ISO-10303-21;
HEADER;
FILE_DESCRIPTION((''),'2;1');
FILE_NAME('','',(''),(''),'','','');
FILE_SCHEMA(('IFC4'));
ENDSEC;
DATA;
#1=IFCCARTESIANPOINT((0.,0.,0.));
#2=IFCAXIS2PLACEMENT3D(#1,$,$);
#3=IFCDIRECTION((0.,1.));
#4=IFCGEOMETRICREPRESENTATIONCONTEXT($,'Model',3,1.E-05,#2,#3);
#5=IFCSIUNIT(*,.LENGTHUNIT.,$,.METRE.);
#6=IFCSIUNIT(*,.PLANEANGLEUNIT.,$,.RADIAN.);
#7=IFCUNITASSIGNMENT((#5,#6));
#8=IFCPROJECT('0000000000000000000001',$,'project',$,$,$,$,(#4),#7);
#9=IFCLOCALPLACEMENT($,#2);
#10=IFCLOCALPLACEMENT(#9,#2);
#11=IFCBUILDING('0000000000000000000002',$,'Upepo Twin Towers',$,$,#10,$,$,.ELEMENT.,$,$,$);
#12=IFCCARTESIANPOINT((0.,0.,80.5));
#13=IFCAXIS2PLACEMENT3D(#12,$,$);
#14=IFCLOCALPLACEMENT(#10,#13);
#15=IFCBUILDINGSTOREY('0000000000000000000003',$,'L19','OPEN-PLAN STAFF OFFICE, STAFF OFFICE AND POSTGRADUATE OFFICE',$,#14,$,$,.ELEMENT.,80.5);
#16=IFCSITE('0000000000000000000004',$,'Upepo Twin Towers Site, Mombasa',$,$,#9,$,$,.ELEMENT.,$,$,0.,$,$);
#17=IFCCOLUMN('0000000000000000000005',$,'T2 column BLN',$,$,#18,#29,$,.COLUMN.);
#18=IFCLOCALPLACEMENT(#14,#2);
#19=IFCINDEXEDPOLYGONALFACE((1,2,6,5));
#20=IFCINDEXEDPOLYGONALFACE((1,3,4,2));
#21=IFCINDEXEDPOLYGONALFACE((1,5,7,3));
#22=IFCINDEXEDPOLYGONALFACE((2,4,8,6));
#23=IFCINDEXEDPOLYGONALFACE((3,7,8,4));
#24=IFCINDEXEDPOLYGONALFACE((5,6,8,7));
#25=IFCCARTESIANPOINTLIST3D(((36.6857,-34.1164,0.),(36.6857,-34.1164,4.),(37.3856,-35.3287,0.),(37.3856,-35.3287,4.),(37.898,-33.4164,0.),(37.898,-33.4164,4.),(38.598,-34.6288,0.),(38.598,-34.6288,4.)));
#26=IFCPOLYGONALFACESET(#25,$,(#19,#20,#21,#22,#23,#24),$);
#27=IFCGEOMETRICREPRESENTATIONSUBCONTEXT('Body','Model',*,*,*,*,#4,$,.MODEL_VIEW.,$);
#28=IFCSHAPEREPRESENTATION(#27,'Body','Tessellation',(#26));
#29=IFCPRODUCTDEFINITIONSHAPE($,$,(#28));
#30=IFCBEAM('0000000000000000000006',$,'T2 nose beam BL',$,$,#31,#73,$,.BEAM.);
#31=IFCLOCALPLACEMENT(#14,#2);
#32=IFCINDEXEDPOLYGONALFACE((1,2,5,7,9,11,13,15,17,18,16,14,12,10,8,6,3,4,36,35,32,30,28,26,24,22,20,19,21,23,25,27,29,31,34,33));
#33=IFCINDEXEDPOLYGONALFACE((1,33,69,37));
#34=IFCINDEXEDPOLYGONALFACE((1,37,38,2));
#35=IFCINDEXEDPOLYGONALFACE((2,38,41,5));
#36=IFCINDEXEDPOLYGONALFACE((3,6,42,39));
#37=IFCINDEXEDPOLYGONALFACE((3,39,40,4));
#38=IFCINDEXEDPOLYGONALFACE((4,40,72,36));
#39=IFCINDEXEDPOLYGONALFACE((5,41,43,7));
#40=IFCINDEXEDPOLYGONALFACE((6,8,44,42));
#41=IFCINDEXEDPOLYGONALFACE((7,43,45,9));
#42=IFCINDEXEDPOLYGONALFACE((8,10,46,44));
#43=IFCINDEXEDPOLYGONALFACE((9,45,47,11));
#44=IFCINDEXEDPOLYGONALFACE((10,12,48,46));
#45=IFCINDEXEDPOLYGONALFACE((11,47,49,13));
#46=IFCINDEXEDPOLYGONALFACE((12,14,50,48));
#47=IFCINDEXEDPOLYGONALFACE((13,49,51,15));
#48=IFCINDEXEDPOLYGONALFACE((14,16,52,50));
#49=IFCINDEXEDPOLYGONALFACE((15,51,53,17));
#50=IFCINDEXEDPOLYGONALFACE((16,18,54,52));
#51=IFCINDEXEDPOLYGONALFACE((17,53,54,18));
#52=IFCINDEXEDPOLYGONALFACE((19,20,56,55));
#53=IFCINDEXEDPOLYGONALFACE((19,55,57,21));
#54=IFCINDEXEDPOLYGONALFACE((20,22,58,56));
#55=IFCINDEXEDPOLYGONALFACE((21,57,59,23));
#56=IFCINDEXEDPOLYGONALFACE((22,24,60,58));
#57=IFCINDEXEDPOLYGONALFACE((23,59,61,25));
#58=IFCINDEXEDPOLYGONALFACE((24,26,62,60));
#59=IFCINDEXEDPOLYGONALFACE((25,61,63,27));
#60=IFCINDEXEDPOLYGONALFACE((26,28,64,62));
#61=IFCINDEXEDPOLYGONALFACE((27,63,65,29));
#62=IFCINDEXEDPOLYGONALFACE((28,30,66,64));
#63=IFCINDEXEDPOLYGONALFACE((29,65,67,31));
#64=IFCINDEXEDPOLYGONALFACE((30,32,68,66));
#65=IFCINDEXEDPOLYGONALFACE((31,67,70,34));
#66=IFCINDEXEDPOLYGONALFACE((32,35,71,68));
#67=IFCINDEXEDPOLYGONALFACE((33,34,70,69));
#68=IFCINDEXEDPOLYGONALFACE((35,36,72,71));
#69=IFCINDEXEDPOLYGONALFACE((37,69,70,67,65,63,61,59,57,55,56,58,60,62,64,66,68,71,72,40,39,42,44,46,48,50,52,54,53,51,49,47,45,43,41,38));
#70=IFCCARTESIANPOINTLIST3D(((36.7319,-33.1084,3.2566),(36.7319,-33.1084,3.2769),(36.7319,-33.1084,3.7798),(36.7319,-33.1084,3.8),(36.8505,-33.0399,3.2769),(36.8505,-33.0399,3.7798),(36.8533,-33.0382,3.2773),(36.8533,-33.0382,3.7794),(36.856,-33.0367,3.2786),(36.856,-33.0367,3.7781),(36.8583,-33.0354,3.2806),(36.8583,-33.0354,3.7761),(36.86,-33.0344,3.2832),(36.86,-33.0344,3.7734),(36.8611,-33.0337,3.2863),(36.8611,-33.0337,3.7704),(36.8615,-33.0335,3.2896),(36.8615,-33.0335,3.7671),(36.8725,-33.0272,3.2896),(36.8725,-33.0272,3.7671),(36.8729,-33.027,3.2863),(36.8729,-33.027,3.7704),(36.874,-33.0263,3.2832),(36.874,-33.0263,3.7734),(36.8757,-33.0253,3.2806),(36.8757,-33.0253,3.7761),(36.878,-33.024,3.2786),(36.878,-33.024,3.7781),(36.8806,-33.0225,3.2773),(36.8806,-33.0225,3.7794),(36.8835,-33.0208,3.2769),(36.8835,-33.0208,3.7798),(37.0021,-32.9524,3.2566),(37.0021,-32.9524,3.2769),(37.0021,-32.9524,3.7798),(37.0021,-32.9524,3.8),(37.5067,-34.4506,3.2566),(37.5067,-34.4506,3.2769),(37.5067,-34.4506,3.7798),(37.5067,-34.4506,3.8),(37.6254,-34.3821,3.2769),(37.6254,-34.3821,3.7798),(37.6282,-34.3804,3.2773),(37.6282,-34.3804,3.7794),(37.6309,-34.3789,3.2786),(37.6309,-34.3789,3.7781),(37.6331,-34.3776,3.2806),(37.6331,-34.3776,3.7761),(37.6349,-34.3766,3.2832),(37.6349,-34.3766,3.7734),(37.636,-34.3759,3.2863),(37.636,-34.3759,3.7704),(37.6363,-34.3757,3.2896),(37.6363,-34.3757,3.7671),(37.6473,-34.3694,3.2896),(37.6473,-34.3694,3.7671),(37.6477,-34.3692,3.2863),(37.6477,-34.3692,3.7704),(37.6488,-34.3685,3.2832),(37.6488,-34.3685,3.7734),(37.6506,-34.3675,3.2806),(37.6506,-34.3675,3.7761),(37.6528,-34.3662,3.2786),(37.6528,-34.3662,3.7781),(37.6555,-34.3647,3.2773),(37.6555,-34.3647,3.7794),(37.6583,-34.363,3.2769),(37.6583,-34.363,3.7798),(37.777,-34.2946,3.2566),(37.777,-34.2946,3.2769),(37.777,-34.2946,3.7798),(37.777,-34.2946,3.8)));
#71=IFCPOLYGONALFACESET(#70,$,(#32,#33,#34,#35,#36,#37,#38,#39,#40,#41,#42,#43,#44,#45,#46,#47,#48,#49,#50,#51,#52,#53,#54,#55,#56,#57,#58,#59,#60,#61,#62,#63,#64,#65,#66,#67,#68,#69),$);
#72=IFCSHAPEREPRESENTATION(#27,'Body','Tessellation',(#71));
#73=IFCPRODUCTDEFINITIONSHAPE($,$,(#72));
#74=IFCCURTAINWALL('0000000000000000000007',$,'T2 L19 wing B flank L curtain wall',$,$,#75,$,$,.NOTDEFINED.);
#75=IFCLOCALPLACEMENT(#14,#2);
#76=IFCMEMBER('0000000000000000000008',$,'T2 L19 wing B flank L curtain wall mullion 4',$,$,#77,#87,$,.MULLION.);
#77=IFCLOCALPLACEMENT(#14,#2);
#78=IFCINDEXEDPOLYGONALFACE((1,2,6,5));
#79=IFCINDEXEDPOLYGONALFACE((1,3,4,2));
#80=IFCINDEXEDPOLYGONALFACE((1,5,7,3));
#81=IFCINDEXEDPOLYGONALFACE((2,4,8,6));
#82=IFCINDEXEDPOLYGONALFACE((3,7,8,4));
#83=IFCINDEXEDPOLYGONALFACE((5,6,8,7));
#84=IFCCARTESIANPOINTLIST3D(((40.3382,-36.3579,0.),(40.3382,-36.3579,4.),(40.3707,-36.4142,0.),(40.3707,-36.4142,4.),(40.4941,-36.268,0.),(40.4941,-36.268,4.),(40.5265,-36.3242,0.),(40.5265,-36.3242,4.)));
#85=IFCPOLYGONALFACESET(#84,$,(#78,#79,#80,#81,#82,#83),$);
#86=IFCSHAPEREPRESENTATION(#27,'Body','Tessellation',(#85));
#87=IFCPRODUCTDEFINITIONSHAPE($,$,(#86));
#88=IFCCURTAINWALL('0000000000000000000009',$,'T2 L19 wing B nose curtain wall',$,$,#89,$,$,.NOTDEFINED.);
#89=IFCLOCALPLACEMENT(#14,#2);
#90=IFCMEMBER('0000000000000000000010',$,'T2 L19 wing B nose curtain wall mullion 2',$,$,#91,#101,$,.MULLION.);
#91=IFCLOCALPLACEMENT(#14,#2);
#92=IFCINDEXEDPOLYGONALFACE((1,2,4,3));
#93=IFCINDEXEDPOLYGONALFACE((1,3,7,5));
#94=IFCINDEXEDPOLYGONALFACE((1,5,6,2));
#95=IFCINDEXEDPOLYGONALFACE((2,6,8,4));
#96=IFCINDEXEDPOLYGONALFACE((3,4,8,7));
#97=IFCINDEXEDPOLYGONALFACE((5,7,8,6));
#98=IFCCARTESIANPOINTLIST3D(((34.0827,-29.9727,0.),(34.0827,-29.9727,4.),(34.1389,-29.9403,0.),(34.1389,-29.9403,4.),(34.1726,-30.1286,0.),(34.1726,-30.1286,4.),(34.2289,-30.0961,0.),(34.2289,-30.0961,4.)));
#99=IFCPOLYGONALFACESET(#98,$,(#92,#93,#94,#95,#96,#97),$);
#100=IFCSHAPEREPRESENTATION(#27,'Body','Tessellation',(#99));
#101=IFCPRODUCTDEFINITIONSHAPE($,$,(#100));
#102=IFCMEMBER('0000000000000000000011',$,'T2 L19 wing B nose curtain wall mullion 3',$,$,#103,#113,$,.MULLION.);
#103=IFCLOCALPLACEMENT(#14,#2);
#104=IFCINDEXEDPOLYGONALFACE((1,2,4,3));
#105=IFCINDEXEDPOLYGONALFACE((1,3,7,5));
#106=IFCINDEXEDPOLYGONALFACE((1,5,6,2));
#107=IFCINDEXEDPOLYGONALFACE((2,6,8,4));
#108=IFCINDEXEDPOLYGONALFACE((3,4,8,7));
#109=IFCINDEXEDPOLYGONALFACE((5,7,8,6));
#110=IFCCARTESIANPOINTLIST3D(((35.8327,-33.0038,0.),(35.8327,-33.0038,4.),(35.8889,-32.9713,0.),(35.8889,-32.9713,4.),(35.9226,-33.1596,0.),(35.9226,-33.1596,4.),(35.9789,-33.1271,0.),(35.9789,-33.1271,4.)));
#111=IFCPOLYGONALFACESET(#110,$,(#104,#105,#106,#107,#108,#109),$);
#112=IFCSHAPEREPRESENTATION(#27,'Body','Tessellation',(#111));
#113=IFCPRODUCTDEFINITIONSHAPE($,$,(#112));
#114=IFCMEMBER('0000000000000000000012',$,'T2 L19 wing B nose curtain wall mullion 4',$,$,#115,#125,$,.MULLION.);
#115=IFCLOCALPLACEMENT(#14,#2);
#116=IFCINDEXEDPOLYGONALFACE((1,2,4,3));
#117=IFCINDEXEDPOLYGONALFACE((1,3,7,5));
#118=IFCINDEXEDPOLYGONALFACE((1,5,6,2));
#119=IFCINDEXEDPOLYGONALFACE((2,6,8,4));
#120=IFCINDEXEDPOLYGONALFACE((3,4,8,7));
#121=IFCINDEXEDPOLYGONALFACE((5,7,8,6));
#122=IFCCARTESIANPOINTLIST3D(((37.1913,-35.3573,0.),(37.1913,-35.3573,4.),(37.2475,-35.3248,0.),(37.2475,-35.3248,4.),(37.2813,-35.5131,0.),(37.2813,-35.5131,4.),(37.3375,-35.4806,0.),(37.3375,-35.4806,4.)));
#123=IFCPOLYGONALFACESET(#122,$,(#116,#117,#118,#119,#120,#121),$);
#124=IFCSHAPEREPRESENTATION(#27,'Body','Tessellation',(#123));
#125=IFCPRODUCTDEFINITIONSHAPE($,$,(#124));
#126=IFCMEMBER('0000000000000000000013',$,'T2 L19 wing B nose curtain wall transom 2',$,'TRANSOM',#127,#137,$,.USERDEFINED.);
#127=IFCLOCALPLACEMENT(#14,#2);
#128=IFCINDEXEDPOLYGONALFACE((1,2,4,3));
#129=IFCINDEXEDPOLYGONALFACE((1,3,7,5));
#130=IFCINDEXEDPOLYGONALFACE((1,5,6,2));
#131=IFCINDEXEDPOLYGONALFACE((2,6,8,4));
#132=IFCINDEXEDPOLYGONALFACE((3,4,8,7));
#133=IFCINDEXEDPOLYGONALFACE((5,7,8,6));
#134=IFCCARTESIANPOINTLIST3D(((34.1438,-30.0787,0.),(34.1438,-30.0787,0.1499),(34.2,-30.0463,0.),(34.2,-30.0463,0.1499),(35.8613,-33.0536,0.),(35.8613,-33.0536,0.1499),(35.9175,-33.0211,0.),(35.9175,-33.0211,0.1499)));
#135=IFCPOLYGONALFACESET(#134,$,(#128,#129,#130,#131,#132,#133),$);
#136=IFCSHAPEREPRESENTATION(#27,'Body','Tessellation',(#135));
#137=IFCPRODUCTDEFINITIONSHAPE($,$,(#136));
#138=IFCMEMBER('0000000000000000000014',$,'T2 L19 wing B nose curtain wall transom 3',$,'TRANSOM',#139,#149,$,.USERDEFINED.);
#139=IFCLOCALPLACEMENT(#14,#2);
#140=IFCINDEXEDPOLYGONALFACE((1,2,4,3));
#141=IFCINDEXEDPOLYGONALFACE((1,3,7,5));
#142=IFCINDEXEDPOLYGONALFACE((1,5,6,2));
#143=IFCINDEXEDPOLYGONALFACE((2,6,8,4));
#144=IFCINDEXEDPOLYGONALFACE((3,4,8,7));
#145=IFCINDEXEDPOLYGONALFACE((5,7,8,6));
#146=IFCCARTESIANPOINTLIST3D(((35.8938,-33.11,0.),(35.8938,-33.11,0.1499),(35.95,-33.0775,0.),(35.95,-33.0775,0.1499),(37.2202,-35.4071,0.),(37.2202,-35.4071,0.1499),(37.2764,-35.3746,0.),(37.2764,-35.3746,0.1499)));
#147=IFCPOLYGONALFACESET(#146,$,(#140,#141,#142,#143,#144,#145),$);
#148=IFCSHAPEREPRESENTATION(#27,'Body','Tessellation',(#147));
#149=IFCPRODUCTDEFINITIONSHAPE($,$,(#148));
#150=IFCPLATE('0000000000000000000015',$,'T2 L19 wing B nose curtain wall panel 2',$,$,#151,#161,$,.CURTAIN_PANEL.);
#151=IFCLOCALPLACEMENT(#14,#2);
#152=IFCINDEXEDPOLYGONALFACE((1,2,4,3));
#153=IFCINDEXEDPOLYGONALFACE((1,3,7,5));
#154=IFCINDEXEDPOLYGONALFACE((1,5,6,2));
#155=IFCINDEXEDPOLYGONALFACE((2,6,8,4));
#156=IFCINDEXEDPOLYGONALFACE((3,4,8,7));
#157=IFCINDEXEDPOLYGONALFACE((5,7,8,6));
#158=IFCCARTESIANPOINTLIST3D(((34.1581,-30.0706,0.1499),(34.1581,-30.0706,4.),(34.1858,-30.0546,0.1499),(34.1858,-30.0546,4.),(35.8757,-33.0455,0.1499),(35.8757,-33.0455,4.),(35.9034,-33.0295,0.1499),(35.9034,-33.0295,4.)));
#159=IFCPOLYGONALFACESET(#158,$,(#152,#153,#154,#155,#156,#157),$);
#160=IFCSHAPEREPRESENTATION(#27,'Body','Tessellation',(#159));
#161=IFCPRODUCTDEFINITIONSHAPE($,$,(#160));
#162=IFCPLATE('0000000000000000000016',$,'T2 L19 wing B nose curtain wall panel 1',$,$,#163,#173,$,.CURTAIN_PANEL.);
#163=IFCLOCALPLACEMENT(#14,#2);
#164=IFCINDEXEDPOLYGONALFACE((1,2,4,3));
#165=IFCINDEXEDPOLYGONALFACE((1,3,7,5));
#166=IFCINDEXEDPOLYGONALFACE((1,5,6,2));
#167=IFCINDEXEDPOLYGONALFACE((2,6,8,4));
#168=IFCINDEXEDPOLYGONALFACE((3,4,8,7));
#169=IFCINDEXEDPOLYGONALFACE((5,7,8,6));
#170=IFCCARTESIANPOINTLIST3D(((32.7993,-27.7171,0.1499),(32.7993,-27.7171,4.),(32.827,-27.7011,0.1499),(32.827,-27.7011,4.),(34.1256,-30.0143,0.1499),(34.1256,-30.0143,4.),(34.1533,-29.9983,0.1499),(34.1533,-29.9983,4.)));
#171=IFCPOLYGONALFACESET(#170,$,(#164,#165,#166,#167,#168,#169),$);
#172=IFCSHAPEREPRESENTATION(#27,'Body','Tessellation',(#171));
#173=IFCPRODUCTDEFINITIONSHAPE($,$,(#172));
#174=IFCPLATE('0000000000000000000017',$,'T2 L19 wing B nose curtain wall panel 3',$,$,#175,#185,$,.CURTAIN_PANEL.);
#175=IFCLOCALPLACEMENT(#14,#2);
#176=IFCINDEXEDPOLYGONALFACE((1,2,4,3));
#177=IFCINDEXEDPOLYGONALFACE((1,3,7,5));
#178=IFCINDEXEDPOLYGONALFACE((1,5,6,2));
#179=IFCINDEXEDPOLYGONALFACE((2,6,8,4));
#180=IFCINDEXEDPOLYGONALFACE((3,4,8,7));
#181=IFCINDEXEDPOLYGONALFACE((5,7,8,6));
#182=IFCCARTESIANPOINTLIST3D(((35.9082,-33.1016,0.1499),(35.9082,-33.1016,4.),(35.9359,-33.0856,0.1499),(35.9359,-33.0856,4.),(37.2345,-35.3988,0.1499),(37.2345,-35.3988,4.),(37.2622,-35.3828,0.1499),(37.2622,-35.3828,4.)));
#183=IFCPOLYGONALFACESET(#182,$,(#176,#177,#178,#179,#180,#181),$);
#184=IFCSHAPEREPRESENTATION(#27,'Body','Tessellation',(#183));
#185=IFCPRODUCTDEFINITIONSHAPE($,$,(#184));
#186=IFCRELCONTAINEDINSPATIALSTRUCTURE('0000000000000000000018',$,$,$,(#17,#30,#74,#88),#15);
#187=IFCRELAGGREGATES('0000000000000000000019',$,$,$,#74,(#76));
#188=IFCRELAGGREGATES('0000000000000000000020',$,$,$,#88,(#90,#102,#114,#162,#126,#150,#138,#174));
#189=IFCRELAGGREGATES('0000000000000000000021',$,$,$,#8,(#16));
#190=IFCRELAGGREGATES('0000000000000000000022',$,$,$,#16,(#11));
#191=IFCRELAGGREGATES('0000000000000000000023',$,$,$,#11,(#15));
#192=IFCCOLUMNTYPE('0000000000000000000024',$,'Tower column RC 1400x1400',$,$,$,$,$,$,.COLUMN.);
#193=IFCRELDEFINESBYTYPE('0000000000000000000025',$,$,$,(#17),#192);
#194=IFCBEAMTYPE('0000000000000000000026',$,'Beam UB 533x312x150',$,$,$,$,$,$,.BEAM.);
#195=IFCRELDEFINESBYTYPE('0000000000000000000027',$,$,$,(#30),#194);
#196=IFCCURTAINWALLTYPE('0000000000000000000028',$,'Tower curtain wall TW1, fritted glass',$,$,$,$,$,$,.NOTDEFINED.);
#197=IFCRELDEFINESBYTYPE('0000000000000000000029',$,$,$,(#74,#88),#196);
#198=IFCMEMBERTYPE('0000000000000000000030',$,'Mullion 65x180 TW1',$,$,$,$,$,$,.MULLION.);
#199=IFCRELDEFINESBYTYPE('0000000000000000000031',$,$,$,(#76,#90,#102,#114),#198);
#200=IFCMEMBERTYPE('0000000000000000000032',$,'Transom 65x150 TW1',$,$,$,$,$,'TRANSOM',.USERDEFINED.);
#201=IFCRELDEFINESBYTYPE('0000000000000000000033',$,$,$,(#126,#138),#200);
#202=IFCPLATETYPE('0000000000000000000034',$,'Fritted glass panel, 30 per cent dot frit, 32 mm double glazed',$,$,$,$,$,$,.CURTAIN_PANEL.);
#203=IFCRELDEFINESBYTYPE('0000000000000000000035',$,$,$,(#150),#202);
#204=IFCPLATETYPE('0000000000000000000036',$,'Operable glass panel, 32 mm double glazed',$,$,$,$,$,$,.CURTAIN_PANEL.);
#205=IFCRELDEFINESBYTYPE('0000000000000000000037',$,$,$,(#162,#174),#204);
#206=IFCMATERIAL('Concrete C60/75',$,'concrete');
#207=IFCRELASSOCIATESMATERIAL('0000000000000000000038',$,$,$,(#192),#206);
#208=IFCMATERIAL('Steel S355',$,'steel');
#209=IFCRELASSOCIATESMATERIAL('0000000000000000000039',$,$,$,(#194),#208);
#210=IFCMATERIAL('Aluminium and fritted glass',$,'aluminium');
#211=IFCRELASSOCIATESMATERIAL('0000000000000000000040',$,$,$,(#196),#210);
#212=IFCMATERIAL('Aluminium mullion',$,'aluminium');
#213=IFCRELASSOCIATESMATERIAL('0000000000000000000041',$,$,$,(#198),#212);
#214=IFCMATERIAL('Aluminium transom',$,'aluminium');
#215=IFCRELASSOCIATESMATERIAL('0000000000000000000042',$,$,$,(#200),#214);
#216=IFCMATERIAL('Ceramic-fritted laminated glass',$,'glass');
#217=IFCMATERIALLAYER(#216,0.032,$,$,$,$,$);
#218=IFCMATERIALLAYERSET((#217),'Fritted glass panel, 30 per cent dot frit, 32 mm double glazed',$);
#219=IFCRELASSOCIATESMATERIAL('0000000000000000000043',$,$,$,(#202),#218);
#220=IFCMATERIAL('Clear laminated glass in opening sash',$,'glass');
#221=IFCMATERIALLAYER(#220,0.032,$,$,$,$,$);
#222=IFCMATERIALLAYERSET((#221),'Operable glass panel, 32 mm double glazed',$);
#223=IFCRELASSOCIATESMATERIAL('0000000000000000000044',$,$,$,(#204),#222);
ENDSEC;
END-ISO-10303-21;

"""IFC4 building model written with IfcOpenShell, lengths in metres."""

from ifc_helpers import new_model, si_unit, direction, frame, origin, origin_2d, place, context, subcontext, project, spatial, rectangle, i_section, extrude, material, layer, layer_set, material_profile, profile_set, type_object, element, aggregate, save


model = new_model("IFC4")

# Units and contexts
model_context = context("Model", 3, precision=1e-05, world=origin(), true_north=direction((0.0, 1.0)))
body_context = subcontext(model_context, "Body", "Model", "MODEL_VIEW")
ifc_project = project(units=[si_unit("LENGTHUNIT", "METRE"), si_unit("PLANEANGLEUNIT", "RADIAN")], contexts=[model_context])

# Site, building, storey
site_placement = place(None, origin())
site = spatial("IfcSite", under=ifc_project, at=site_placement, Name="Upepo Twin Towers Site, Mombasa", CompositionType="ELEMENT", RefElevation=0.0)
building_placement = place(site_placement, origin())
building = spatial("IfcBuilding", under=site, at=building_placement, Name="Upepo Twin Towers", CompositionType="ELEMENT")
storey_placement = place(building_placement, frame((0.0, 0.0, 80.5)))
storey = spatial("IfcBuildingStorey", under=building, at=storey_placement, Name="L19", Description="OPEN-PLAN STAFF OFFICE, STAFF OFFICE AND POSTGRADUATE OFFICE", CompositionType="ELEMENT", Elevation=80.5)

# Column
ifc_material_1 = material(Name="Concrete C60/75", Category="concrete")
ifc_material_profile_1 = material_profile(ifc_material_1, rectangle(XDim=1.3999, YDim=1.3999, at=origin_2d()), Name="RC 1400x1400")
ifc_profile_set_1 = profile_set([ifc_material_profile_1], Name="Concrete C60/75")
column_type = type_object("IfcColumnType", Name="Tower column RC 1400x1400", PredefinedType="COLUMN", material=ifc_profile_set_1)
column_placement = place(storey_placement, frame((37.6418, -34.3726, 0.0), z_axis=(0.0, 0.0, 1.0), x_axis=(0.866025, 0.5, 0.0)))
element("IfcColumn", 1, at=column_placement, inside=storey, type_object=column_type, Name="T2 column BLN", PredefinedType="COLUMN", context=body_context, shape_type="SweptSolid", body=[
    extrude(rectangle(XDim=1.3999, YDim=1.3999, at=origin_2d()), origin(), (0.0, 0.0, 1.0), 4.0),
])

# Beam
ifc_material_2 = material(Name="Steel S355", Category="steel")
ifc_material_profile_2 = material_profile(ifc_material_2, i_section(OverallWidth=0.312, OverallDepth=0.5435, WebThickness=0.0127, FlangeThickness=0.0203, FilletRadius=0.0127, at=origin_2d()), Name="UB 533x312x150")
ifc_profile_set_2 = profile_set([ifc_material_profile_2], Name="Steel S355")
beam_type = type_object("IfcBeamType", Name="Beam UB 533x312x150", PredefinedType="BEAM", material=ifc_profile_set_2)
beam_placement = place(storey_placement, frame((37.6418, -34.3726, 3.5283), z_axis=(-0.499968, 0.866044, 0.0), x_axis=(-0.866044, -0.499968, 0.0)))
element("IfcBeam", 2, at=beam_placement, inside=storey, type_object=beam_type, Name="T2 nose beam BL", PredefinedType="BEAM", context=body_context, shape_type="SweptSolid", body=[
    extrude(i_section(OverallWidth=0.312, OverallDepth=0.5435, WebThickness=0.0127, FlangeThickness=0.0203, FilletRadius=0.0127, at=origin_2d()), origin(), (0.0, 0.0, 1.0), 1.5498),
])

# Curtain wall, member
ifc_material_3 = material(Name="Aluminium and fritted glass", Category="aluminium")
curtain_wall_type = type_object("IfcCurtainWallType", Name="Tower curtain wall TW1, fritted glass", PredefinedType="NOTDEFINED", material=ifc_material_3)
curtain_wall_1_placement = place(storey_placement, origin())
curtain_wall_1 = element("IfcCurtainWall", 3, at=curtain_wall_1_placement, inside=storey, type_object=curtain_wall_type, Name="T2 L19 wing B flank L curtain wall", PredefinedType="NOTDEFINED")
ifc_material_4 = material(Name="Aluminium mullion", Category="aluminium")
ifc_material_profile_3 = material_profile(ifc_material_4, rectangle(XDim=0.0649, YDim=0.1799, at=origin_2d()), Name="MULLION 65x180")
ifc_profile_set_3 = profile_set([ifc_material_profile_3], Name="Aluminium mullion")
member_type_1 = type_object("IfcMemberType", Name="Mullion 65x180 TW1", PredefinedType="MULLION", material=ifc_profile_set_3)
member_1_placement = place(storey_placement, frame((40.4324, -36.3411, 0.0), z_axis=(0.0, 0.0, 1.0), x_axis=(0.5, -0.866025, 0.0)))
member_1 = element("IfcMember", 4, at=member_1_placement, type_object=member_type_1, Name="T2 L19 wing B flank L curtain wall mullion 4", PredefinedType="MULLION", context=body_context, shape_type="SweptSolid", body=[
    extrude(rectangle(XDim=0.0649, YDim=0.1799, at=origin_2d()), origin(), (0.0, 0.0, 1.0), 4.0),
])
aggregate(curtain_wall_1, [member_1])

# Curtain wall, members, plates
curtain_wall_2_placement = place(storey_placement, origin())
curtain_wall_2 = element("IfcCurtainWall", 5, at=curtain_wall_2_placement, inside=storey, type_object=curtain_wall_type, Name="T2 L19 wing B nose curtain wall", PredefinedType="NOTDEFINED")
member_2_placement = place(storey_placement, frame((34.1558, -30.0344, 0.0), z_axis=(0.0, 0.0, 1.0), x_axis=(0.866025, 0.5, 0.0)))
member_2 = element("IfcMember", 6, at=member_2_placement, type_object=member_type_1, Name="T2 L19 wing B nose curtain wall mullion 2", PredefinedType="MULLION", context=body_context, shape_type="SweptSolid", body=[
    extrude(rectangle(XDim=0.0649, YDim=0.1799, at=origin_2d()), origin(), (0.0, 0.0, 1.0), 4.0),
])
member_3_placement = place(storey_placement, frame((35.9058, -33.0654, 0.0), z_axis=(0.0, 0.0, 1.0), x_axis=(0.866025, 0.5, 0.0)))
member_3 = element("IfcMember", 7, at=member_3_placement, type_object=member_type_1, Name="T2 L19 wing B nose curtain wall mullion 3", PredefinedType="MULLION", context=body_context, shape_type="SweptSolid", body=[
    extrude(rectangle(XDim=0.0649, YDim=0.1799, at=origin_2d()), origin(), (0.0, 0.0, 1.0), 4.0),
])
member_4_placement = place(storey_placement, frame((37.2644, -35.4189, 0.0), z_axis=(0.0, 0.0, 1.0), x_axis=(0.866025, 0.5, 0.0)))
member_4 = element("IfcMember", 8, at=member_4_placement, type_object=member_type_1, Name="T2 L19 wing B nose curtain wall mullion 4", PredefinedType="MULLION", context=body_context, shape_type="SweptSolid", body=[
    extrude(rectangle(XDim=0.0649, YDim=0.1799, at=origin_2d()), origin(), (0.0, 0.0, 1.0), 4.0),
])
ifc_material_5 = material(Name="Aluminium transom", Category="aluminium")
ifc_material_profile_4 = material_profile(ifc_material_5, rectangle(XDim=0.0649, YDim=0.1499, at=origin_2d()), Name="TRANSOM 65x150")
ifc_profile_set_4 = profile_set([ifc_material_profile_4], Name="Aluminium transom")
member_type_2 = type_object("IfcMemberType", Name="Transom 65x150 TW1", ElementType="TRANSOM", PredefinedType="USERDEFINED", material=ifc_profile_set_4)
member_5_placement = place(storey_placement, frame((34.1719, -30.0625, 0.075), z_axis=(0.499999, -0.866026, 0.0), x_axis=(0.866026, 0.499999, 0.0)))
member_5 = element("IfcMember", 9, at=member_5_placement, type_object=member_type_2, Name="T2 L19 wing B nose curtain wall transom 2", ObjectType="TRANSOM", PredefinedType="USERDEFINED", context=body_context, shape_type="SweptSolid", body=[
    extrude(rectangle(XDim=0.0649, YDim=0.1499, at=origin_2d()), origin(), (0.0, 0.0, 1.0), 3.4351),
])
member_6_placement = place(storey_placement, frame((35.9219, -33.0938, 0.075), z_axis=(0.500049, -0.865997, 0.0), x_axis=(0.865997, 0.500049, 0.0)))
member_6 = element("IfcMember", 10, at=member_6_placement, type_object=member_type_2, Name="T2 L19 wing B nose curtain wall transom 3", ObjectType="TRANSOM", PredefinedType="USERDEFINED", context=body_context, shape_type="SweptSolid", body=[
    extrude(rectangle(XDim=0.0649, YDim=0.1499, at=origin_2d()), origin(), (0.0, 0.0, 1.0), 2.6526),
])
ifc_material_6 = material(Name="Ceramic-fritted laminated glass", Category="glass")
ifc_layer_1 = layer(ifc_material_6, 0.032)
ifc_layer_set_1 = layer_set([ifc_layer_1], Name="Fritted glass panel, 30 per cent dot frit, 32 mm double glazed")
plate_type_1 = type_object("IfcPlateType", Name="Fritted glass panel, 30 per cent dot frit, 32 mm double glazed", PredefinedType="CURTAIN_PANEL", material=ifc_layer_set_1)
plate_1_placement = place(storey_placement, frame((35.0308, -31.55, 0.1499), z_axis=(0.0, 0.0, 1.0), x_axis=(0.5, -0.866025, 0.0)))
plate_1 = element("IfcPlate", 11, at=plate_1_placement, type_object=plate_type_1, Name="T2 L19 wing B nose curtain wall panel 2", PredefinedType="CURTAIN_PANEL", context=body_context, shape_type="SweptSolid", body=[
    extrude(rectangle(XDim=3.4351, YDim=0.032, at=origin_2d()), origin(), (0.0, 0.0, 1.0), 3.8501),
])
ifc_material_7 = material(Name="Clear laminated glass in opening sash", Category="glass")
ifc_layer_2 = layer(ifc_material_7, 0.032)
ifc_layer_set_2 = layer_set([ifc_layer_2], Name="Operable glass panel, 32 mm double glazed")
plate_type_2 = type_object("IfcPlateType", Name="Operable glass panel, 32 mm double glazed", PredefinedType="CURTAIN_PANEL", material=ifc_layer_set_2)
plate_2_placement = place(storey_placement, frame((33.4763, -28.8577, 0.1499), z_axis=(0.0, 0.0, 1.0), x_axis=(0.5, -0.866025, 0.0)))
plate_2 = element("IfcPlate", 12, at=plate_2_placement, type_object=plate_type_2, Name="T2 L19 wing B nose curtain wall panel 1", PredefinedType="CURTAIN_PANEL", context=body_context, shape_type="SweptSolid", body=[
    extrude(rectangle(XDim=2.6526, YDim=0.032, at=origin_2d()), origin(), (0.0, 0.0, 1.0), 3.8501),
])
plate_3_placement = place(storey_placement, frame((36.5852, -34.2422, 0.1499), z_axis=(0.0, 0.0, 1.0), x_axis=(0.5, -0.866025, 0.0)))
plate_3 = element("IfcPlate", 13, at=plate_3_placement, type_object=plate_type_2, Name="T2 L19 wing B nose curtain wall panel 3", PredefinedType="CURTAIN_PANEL", context=body_context, shape_type="SweptSolid", body=[
    extrude(rectangle(XDim=2.6526, YDim=0.032, at=origin_2d()), origin(), (0.0, 0.0, 1.0), 3.8501),
])
aggregate(curtain_wall_2, [member_2, member_3, member_4, plate_2, member_5, plate_1, member_6, plate_3])

save(model, "model.ifc")
